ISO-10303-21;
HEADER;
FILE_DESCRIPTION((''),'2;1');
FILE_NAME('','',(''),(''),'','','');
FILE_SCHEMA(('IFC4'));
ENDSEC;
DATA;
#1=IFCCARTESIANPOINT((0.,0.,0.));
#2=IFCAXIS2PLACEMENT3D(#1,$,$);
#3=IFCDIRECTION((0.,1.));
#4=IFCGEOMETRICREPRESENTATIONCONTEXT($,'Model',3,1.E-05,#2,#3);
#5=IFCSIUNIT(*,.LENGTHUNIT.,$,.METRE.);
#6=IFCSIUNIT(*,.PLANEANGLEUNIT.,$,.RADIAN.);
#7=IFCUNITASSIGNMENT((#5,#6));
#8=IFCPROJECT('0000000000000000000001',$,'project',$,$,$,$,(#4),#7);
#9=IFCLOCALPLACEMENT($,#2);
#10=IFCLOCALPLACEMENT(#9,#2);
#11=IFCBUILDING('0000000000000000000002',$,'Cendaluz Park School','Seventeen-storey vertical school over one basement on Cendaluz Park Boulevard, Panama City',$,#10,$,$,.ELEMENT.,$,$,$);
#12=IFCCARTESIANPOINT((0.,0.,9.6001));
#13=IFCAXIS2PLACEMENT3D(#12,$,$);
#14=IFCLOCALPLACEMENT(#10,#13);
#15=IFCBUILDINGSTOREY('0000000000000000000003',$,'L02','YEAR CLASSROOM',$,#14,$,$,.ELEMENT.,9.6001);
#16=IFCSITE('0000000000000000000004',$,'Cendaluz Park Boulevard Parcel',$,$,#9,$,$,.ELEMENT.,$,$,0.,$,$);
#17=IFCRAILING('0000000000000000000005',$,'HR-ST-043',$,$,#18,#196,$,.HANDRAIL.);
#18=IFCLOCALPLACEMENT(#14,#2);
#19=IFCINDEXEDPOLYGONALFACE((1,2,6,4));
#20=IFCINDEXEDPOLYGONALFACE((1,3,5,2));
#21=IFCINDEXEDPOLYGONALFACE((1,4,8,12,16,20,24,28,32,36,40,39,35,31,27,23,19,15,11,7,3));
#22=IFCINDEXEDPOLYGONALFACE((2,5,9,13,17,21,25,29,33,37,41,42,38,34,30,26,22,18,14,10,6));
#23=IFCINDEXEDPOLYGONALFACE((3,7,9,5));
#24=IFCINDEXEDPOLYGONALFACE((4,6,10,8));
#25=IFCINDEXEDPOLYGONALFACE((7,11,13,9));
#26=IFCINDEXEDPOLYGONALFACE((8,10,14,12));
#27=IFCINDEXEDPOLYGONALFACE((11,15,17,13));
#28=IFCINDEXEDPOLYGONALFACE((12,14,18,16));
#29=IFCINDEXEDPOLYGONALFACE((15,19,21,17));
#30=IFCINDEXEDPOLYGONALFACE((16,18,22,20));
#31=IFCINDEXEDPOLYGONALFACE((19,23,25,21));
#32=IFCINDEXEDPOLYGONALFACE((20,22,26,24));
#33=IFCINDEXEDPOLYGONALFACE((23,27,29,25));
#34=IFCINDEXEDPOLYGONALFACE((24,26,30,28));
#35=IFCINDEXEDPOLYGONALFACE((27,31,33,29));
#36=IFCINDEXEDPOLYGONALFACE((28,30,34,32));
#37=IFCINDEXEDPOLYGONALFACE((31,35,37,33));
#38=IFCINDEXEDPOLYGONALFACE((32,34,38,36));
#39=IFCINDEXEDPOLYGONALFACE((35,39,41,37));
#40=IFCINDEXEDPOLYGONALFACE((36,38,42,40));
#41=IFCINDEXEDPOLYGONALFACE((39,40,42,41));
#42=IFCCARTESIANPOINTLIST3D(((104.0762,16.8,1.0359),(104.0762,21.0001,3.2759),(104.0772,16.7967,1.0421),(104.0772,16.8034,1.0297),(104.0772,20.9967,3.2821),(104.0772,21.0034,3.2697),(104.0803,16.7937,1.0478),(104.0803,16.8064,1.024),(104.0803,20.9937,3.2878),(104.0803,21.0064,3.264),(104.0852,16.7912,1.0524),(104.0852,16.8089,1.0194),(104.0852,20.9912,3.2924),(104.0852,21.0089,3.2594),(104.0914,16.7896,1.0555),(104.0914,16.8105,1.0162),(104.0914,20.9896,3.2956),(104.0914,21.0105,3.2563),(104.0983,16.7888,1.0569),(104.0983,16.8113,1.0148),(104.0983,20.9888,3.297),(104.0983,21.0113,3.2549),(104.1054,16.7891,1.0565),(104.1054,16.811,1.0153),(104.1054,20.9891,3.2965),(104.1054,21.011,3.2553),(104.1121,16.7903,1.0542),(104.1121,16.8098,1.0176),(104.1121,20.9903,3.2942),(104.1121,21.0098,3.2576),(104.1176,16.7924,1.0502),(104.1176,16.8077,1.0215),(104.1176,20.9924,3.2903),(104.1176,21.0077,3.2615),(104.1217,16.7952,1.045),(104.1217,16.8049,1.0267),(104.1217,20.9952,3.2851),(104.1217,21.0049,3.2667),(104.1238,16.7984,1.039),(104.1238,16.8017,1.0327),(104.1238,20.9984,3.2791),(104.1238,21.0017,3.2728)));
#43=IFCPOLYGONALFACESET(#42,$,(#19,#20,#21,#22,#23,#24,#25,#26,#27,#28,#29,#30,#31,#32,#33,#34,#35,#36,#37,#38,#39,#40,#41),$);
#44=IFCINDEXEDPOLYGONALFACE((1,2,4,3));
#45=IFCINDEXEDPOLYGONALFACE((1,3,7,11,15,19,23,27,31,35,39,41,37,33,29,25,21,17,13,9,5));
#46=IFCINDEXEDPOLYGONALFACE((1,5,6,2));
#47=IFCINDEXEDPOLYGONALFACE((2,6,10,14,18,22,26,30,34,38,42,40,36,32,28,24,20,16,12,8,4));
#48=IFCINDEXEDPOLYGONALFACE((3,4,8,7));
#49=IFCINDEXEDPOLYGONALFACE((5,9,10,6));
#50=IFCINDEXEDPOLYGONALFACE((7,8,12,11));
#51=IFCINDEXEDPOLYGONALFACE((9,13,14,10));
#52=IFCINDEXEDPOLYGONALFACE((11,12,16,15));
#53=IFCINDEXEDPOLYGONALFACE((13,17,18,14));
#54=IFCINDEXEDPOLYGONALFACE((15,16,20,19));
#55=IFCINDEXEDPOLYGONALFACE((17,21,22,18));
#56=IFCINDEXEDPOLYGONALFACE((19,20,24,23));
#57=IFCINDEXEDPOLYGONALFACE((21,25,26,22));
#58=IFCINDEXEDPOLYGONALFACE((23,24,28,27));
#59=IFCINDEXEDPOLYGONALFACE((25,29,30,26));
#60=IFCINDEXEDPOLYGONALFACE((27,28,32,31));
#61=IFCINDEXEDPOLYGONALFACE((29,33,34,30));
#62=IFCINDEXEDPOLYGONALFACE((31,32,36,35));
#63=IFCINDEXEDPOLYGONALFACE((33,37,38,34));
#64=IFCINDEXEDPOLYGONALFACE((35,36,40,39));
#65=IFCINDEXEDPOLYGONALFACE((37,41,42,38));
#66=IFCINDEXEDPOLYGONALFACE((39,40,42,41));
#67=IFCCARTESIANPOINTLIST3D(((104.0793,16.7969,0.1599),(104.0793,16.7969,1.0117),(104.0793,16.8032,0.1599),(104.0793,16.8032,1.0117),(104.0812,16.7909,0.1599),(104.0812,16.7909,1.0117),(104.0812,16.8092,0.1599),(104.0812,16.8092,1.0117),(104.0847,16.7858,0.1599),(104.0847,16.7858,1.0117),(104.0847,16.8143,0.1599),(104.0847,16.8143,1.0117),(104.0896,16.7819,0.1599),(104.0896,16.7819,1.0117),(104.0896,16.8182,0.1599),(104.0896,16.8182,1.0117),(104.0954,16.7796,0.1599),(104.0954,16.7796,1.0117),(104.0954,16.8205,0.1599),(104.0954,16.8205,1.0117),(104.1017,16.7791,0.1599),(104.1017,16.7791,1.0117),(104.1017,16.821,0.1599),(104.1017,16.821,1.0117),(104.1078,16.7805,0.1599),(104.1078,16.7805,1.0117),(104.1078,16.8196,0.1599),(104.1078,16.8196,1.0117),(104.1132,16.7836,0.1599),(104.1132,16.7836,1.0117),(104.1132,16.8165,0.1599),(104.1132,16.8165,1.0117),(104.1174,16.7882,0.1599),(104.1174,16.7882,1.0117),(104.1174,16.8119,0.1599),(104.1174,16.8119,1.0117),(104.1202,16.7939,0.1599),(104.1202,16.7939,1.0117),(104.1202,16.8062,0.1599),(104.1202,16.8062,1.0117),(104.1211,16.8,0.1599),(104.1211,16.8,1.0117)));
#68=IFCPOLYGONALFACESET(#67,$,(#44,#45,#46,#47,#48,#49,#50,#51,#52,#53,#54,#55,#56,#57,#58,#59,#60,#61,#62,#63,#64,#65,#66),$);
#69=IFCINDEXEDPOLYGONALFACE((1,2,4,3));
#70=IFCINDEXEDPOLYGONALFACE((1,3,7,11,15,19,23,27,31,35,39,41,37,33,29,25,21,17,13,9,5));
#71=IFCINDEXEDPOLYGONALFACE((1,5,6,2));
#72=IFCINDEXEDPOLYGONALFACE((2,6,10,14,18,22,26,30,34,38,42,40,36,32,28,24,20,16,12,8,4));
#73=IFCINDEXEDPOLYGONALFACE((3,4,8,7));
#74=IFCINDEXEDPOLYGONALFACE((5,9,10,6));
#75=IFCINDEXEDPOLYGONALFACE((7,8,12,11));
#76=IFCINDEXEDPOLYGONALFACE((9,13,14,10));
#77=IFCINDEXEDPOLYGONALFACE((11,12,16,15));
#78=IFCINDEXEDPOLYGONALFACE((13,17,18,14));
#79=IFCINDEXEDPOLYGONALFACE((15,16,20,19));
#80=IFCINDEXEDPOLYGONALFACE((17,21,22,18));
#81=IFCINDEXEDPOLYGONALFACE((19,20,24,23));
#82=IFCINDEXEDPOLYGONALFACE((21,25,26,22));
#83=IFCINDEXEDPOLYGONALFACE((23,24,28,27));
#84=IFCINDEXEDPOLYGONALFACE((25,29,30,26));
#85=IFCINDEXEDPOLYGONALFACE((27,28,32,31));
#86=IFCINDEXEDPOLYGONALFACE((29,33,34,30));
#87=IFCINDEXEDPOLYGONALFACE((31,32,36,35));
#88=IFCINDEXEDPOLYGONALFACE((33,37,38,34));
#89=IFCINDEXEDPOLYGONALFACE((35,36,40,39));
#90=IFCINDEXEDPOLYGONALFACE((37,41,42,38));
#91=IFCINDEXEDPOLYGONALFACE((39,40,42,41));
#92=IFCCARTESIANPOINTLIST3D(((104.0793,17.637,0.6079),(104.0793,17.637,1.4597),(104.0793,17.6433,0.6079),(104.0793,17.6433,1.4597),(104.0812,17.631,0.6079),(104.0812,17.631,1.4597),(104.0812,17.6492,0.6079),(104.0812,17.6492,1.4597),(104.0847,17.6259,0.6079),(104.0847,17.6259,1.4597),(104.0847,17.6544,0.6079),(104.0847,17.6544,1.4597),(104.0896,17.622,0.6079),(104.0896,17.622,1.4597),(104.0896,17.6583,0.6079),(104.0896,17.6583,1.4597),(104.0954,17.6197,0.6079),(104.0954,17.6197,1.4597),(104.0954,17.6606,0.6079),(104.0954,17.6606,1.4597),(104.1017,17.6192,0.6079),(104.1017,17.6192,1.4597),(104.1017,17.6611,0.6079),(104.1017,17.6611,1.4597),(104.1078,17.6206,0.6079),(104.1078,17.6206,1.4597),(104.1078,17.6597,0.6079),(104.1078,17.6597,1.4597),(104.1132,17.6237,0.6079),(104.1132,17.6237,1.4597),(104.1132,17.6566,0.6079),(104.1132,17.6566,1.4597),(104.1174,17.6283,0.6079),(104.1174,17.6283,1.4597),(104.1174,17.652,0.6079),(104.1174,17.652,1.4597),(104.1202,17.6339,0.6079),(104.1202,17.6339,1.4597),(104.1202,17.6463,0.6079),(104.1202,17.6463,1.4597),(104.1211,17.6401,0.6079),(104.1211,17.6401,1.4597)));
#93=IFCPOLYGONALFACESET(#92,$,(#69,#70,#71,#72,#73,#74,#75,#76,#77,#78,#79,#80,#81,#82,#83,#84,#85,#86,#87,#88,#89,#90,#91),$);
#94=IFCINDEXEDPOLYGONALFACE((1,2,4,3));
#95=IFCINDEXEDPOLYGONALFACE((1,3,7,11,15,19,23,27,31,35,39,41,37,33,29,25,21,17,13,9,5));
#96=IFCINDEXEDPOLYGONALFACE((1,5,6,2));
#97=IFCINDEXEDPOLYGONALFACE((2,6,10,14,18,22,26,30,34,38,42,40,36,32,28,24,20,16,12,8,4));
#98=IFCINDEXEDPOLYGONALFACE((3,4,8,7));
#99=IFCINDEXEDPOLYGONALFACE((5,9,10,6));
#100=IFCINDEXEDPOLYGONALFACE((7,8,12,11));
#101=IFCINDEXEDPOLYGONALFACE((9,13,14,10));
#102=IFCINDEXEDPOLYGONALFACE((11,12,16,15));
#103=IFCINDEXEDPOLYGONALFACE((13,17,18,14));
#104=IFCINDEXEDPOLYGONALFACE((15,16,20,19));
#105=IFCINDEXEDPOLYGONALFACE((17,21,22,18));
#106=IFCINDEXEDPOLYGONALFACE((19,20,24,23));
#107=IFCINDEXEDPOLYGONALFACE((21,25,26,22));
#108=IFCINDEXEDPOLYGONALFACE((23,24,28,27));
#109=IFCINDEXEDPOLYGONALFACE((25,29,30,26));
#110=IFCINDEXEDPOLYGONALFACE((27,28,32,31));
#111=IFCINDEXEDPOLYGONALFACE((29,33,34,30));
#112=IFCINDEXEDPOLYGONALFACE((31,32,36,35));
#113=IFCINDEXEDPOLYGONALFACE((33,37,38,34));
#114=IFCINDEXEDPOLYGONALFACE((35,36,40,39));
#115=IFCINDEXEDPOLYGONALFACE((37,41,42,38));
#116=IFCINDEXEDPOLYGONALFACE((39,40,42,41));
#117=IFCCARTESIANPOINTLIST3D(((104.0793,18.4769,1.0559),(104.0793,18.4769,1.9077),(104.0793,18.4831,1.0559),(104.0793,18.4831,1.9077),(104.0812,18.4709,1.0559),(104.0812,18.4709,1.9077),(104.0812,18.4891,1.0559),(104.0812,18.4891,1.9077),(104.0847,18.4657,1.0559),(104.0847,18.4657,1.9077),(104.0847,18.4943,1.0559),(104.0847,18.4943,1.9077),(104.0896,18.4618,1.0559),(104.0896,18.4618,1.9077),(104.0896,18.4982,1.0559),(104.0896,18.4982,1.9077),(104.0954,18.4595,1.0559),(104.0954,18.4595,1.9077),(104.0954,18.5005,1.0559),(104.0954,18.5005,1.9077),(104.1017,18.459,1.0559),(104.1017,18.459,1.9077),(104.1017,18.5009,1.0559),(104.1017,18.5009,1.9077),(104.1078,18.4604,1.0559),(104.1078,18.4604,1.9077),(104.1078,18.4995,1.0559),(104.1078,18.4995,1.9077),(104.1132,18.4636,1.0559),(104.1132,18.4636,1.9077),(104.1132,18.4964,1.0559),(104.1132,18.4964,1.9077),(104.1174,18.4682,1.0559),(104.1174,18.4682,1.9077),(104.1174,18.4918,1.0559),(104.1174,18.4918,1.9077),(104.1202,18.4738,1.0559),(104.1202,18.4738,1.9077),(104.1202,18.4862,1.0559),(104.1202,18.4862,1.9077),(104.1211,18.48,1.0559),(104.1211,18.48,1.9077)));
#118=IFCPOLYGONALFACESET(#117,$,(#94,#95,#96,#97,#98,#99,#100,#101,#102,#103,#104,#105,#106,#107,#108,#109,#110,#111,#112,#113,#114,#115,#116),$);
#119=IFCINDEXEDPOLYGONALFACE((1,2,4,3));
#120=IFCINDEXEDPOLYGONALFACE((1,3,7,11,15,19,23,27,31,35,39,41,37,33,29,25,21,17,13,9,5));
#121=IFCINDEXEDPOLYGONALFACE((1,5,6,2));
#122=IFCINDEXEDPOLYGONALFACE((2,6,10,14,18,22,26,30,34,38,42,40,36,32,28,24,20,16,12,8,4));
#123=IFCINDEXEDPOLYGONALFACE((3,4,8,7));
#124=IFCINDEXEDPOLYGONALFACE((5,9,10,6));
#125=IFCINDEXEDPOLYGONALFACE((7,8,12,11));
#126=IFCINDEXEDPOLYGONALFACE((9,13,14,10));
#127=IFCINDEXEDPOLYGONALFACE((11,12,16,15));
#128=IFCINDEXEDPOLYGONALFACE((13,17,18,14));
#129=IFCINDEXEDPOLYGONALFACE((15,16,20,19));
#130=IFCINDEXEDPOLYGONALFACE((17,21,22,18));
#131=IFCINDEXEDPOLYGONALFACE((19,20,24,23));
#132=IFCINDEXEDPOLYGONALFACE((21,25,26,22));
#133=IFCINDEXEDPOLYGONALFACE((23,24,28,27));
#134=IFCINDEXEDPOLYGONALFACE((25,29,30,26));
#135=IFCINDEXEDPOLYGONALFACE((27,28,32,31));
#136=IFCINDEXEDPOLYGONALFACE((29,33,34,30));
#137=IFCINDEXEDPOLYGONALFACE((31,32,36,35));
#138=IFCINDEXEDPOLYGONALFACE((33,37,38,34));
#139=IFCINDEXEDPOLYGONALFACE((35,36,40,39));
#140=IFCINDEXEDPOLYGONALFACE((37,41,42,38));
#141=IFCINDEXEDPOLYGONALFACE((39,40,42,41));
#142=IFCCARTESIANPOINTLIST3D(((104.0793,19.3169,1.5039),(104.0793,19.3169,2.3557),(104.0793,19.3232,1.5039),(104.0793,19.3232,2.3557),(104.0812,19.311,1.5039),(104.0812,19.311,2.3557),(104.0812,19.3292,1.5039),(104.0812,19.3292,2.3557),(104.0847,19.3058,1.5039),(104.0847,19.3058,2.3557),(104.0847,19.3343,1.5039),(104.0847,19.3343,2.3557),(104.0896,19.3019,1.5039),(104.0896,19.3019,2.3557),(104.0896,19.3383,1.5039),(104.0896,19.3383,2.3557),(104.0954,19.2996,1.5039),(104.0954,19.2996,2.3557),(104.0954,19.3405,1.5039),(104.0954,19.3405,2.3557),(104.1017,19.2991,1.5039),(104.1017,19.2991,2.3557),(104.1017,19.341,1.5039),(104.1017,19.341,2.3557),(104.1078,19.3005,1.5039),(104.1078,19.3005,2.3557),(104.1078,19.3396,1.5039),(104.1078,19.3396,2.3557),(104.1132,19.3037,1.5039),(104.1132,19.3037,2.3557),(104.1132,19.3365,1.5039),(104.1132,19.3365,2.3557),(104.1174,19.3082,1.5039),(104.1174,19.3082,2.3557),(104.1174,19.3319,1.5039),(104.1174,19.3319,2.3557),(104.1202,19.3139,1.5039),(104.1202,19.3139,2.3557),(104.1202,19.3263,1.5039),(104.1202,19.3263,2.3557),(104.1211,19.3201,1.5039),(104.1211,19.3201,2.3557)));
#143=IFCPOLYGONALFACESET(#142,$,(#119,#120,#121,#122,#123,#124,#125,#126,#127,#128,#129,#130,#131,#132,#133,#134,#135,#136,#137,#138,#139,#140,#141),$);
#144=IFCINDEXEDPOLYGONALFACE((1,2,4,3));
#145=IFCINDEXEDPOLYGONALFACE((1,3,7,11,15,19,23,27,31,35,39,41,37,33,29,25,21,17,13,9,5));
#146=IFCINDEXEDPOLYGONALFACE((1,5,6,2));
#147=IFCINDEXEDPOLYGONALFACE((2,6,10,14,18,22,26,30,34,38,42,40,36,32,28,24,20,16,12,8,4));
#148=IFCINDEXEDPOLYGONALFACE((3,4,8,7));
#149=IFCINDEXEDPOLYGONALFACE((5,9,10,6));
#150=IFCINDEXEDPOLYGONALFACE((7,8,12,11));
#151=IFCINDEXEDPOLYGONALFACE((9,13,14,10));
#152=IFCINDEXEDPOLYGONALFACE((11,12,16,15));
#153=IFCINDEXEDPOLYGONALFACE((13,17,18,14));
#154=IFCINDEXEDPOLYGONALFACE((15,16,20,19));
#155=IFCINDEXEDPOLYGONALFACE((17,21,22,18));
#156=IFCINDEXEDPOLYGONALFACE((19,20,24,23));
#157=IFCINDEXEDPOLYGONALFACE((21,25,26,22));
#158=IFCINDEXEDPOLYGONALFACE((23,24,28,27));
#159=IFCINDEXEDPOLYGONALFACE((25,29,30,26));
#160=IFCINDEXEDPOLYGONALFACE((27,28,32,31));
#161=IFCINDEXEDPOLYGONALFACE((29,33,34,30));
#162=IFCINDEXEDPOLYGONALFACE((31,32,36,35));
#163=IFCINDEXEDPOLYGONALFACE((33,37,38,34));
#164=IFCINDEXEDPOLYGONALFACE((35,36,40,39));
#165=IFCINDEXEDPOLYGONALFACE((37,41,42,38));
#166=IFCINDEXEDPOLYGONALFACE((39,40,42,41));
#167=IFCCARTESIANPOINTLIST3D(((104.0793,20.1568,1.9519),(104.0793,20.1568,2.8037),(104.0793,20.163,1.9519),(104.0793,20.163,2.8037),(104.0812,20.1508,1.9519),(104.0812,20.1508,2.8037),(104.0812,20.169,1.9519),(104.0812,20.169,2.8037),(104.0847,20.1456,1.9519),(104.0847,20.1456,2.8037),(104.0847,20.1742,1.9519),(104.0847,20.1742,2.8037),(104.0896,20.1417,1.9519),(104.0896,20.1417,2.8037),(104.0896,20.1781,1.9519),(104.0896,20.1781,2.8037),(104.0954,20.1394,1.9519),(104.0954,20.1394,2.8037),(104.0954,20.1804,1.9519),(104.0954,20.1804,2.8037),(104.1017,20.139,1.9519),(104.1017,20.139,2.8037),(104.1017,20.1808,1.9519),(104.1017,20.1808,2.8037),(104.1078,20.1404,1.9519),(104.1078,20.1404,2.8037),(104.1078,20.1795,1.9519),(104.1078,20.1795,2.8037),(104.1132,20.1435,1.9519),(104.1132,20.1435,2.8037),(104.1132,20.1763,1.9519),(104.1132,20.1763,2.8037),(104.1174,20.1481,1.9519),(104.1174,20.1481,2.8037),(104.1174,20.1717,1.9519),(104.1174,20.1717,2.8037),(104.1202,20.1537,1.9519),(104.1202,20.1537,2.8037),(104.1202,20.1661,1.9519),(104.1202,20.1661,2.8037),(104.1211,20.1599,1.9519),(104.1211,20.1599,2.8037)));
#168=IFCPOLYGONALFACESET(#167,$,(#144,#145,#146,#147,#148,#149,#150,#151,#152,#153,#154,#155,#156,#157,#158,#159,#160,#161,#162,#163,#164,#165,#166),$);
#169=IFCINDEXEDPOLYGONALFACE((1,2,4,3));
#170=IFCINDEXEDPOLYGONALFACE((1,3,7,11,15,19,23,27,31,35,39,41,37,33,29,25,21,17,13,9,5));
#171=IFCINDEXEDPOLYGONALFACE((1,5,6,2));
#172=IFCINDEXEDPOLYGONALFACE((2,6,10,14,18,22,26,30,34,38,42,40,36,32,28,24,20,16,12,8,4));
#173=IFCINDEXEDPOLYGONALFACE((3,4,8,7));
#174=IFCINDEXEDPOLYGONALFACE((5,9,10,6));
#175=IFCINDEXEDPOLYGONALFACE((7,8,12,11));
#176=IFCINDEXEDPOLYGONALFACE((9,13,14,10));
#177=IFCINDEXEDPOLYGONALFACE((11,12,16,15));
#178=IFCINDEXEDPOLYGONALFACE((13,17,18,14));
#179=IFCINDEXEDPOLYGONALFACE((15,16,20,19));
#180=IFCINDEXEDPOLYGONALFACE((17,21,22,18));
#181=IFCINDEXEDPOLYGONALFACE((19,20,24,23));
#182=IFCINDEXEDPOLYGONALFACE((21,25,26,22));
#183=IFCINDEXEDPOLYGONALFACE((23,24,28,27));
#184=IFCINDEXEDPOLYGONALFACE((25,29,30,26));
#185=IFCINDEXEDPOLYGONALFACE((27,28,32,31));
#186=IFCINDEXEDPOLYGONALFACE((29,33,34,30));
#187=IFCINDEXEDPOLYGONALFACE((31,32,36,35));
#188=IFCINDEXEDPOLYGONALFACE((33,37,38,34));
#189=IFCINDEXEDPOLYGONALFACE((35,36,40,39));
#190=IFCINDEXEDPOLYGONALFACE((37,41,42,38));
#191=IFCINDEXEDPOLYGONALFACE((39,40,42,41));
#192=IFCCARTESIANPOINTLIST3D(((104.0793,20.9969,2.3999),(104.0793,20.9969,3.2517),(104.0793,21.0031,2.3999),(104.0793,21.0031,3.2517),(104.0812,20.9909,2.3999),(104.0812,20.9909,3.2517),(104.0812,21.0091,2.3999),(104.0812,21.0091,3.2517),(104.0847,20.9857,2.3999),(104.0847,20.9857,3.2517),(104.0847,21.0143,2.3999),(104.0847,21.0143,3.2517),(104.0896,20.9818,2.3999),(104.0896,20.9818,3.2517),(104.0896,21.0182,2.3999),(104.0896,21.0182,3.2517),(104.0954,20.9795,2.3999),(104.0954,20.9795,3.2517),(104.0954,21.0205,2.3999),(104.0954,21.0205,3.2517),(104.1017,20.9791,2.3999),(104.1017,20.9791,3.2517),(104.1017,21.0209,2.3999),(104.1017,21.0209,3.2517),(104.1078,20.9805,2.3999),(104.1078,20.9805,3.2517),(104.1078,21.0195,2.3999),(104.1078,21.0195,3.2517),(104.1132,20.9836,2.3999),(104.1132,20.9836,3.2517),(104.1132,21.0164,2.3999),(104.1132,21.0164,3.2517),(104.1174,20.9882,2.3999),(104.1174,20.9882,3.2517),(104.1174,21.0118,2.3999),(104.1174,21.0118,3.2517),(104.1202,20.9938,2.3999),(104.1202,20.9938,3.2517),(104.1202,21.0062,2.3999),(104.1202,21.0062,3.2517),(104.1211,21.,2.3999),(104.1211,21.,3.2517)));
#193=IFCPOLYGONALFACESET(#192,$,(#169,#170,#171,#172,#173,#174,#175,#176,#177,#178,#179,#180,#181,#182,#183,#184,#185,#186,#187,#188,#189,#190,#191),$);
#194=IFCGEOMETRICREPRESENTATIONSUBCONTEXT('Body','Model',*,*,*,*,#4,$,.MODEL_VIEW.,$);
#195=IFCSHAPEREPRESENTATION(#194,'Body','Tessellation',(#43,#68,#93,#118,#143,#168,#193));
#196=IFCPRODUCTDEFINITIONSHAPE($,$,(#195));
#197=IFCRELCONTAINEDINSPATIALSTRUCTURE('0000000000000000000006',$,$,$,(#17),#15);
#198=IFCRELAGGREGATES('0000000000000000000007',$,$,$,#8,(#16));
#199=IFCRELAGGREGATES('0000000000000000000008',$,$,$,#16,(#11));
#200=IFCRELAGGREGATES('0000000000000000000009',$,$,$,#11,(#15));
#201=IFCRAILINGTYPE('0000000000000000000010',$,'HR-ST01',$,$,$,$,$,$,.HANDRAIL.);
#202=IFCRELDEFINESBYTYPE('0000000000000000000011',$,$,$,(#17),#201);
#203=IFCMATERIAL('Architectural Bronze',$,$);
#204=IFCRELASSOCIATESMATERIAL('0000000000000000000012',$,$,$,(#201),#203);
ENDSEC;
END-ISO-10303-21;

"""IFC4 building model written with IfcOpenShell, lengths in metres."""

from ifc_helpers import new_model, si_unit, direction, frame, origin, origin_2d, place, context, subcontext, project, spatial, circle, extrude, material, type_object, element, save


model = new_model("IFC4")

# Units and contexts
model_context = context("Model", 3, precision=1e-05, world=origin(), true_north=direction((0.0, 1.0)))
body_context = subcontext(model_context, "Body", "Model", "MODEL_VIEW")
ifc_project = project(units=[si_unit("LENGTHUNIT", "METRE"), si_unit("PLANEANGLEUNIT", "RADIAN")], contexts=[model_context])

# Site, building, storey
site_placement = place(None, origin())
site = spatial("IfcSite", under=ifc_project, at=site_placement, Name="Cendaluz Park Boulevard Parcel", CompositionType="ELEMENT", RefElevation=0.0)
building_placement = place(site_placement, origin())
building = spatial("IfcBuilding", under=site, at=building_placement, Name="Cendaluz Park School", Description="Seventeen-storey vertical school over one basement on Cendaluz Park Boulevard, Panama City", CompositionType="ELEMENT")
storey_placement = place(building_placement, frame((0.0, 0.0, 9.6001)))
storey = spatial("IfcBuildingStorey", under=building, at=storey_placement, Name="L02", Description="YEAR CLASSROOM", CompositionType="ELEMENT", Elevation=9.6001)

# Railing
ifc_material_1 = material(Name="Architectural Bronze")
railing_type_1 = type_object("IfcRailingType", Name="HR-ST01", PredefinedType="HANDRAIL", material=ifc_material_1)
railing_1_placement = place(storey_placement, frame((104.1001, 16.8, 0.1599)))
element("IfcRailing", 1, at=railing_1_placement, inside=storey, type_object=railing_type_1, Name="HR-ST-043", PredefinedType="HANDRAIL", context=body_context, shape_type="SweptSolid", body=[
    extrude(circle(Radius=0.0239, at=origin_2d()), frame((0.0, 0.0, 0.876), z_axis=(0.0, 0.882352, 0.470591), x_axis=(-1.0, 0.0, 0.0)), (0.0, 0.0, 1.0), 4.76),
    extrude(circle(Radius=0.021, at=origin_2d()), origin(), (0.0, 0.0, 1.0), 0.8518),
    extrude(circle(Radius=0.021, at=origin_2d()), frame((0.0, 0.8401, 0.448)), (0.0, 0.0, 1.0), 0.8518),
    extrude(circle(Radius=0.021, at=origin_2d()), frame((0.0, 1.6799, 0.896)), (0.0, 0.0, 1.0), 0.8518),
    extrude(circle(Radius=0.021, at=origin_2d()), frame((0.0, 2.52, 1.344)), (0.0, 0.0, 1.0), 0.8518),
    extrude(circle(Radius=0.021, at=origin_2d()), frame((0.0, 3.3599, 1.792)), (0.0, 0.0, 1.0), 0.8518),
    extrude(circle(Radius=0.021, at=origin_2d()), frame((0.0, 4.2, 2.24)), (0.0, 0.0, 1.0), 0.8518),
])

save(model, "model.ifc")
